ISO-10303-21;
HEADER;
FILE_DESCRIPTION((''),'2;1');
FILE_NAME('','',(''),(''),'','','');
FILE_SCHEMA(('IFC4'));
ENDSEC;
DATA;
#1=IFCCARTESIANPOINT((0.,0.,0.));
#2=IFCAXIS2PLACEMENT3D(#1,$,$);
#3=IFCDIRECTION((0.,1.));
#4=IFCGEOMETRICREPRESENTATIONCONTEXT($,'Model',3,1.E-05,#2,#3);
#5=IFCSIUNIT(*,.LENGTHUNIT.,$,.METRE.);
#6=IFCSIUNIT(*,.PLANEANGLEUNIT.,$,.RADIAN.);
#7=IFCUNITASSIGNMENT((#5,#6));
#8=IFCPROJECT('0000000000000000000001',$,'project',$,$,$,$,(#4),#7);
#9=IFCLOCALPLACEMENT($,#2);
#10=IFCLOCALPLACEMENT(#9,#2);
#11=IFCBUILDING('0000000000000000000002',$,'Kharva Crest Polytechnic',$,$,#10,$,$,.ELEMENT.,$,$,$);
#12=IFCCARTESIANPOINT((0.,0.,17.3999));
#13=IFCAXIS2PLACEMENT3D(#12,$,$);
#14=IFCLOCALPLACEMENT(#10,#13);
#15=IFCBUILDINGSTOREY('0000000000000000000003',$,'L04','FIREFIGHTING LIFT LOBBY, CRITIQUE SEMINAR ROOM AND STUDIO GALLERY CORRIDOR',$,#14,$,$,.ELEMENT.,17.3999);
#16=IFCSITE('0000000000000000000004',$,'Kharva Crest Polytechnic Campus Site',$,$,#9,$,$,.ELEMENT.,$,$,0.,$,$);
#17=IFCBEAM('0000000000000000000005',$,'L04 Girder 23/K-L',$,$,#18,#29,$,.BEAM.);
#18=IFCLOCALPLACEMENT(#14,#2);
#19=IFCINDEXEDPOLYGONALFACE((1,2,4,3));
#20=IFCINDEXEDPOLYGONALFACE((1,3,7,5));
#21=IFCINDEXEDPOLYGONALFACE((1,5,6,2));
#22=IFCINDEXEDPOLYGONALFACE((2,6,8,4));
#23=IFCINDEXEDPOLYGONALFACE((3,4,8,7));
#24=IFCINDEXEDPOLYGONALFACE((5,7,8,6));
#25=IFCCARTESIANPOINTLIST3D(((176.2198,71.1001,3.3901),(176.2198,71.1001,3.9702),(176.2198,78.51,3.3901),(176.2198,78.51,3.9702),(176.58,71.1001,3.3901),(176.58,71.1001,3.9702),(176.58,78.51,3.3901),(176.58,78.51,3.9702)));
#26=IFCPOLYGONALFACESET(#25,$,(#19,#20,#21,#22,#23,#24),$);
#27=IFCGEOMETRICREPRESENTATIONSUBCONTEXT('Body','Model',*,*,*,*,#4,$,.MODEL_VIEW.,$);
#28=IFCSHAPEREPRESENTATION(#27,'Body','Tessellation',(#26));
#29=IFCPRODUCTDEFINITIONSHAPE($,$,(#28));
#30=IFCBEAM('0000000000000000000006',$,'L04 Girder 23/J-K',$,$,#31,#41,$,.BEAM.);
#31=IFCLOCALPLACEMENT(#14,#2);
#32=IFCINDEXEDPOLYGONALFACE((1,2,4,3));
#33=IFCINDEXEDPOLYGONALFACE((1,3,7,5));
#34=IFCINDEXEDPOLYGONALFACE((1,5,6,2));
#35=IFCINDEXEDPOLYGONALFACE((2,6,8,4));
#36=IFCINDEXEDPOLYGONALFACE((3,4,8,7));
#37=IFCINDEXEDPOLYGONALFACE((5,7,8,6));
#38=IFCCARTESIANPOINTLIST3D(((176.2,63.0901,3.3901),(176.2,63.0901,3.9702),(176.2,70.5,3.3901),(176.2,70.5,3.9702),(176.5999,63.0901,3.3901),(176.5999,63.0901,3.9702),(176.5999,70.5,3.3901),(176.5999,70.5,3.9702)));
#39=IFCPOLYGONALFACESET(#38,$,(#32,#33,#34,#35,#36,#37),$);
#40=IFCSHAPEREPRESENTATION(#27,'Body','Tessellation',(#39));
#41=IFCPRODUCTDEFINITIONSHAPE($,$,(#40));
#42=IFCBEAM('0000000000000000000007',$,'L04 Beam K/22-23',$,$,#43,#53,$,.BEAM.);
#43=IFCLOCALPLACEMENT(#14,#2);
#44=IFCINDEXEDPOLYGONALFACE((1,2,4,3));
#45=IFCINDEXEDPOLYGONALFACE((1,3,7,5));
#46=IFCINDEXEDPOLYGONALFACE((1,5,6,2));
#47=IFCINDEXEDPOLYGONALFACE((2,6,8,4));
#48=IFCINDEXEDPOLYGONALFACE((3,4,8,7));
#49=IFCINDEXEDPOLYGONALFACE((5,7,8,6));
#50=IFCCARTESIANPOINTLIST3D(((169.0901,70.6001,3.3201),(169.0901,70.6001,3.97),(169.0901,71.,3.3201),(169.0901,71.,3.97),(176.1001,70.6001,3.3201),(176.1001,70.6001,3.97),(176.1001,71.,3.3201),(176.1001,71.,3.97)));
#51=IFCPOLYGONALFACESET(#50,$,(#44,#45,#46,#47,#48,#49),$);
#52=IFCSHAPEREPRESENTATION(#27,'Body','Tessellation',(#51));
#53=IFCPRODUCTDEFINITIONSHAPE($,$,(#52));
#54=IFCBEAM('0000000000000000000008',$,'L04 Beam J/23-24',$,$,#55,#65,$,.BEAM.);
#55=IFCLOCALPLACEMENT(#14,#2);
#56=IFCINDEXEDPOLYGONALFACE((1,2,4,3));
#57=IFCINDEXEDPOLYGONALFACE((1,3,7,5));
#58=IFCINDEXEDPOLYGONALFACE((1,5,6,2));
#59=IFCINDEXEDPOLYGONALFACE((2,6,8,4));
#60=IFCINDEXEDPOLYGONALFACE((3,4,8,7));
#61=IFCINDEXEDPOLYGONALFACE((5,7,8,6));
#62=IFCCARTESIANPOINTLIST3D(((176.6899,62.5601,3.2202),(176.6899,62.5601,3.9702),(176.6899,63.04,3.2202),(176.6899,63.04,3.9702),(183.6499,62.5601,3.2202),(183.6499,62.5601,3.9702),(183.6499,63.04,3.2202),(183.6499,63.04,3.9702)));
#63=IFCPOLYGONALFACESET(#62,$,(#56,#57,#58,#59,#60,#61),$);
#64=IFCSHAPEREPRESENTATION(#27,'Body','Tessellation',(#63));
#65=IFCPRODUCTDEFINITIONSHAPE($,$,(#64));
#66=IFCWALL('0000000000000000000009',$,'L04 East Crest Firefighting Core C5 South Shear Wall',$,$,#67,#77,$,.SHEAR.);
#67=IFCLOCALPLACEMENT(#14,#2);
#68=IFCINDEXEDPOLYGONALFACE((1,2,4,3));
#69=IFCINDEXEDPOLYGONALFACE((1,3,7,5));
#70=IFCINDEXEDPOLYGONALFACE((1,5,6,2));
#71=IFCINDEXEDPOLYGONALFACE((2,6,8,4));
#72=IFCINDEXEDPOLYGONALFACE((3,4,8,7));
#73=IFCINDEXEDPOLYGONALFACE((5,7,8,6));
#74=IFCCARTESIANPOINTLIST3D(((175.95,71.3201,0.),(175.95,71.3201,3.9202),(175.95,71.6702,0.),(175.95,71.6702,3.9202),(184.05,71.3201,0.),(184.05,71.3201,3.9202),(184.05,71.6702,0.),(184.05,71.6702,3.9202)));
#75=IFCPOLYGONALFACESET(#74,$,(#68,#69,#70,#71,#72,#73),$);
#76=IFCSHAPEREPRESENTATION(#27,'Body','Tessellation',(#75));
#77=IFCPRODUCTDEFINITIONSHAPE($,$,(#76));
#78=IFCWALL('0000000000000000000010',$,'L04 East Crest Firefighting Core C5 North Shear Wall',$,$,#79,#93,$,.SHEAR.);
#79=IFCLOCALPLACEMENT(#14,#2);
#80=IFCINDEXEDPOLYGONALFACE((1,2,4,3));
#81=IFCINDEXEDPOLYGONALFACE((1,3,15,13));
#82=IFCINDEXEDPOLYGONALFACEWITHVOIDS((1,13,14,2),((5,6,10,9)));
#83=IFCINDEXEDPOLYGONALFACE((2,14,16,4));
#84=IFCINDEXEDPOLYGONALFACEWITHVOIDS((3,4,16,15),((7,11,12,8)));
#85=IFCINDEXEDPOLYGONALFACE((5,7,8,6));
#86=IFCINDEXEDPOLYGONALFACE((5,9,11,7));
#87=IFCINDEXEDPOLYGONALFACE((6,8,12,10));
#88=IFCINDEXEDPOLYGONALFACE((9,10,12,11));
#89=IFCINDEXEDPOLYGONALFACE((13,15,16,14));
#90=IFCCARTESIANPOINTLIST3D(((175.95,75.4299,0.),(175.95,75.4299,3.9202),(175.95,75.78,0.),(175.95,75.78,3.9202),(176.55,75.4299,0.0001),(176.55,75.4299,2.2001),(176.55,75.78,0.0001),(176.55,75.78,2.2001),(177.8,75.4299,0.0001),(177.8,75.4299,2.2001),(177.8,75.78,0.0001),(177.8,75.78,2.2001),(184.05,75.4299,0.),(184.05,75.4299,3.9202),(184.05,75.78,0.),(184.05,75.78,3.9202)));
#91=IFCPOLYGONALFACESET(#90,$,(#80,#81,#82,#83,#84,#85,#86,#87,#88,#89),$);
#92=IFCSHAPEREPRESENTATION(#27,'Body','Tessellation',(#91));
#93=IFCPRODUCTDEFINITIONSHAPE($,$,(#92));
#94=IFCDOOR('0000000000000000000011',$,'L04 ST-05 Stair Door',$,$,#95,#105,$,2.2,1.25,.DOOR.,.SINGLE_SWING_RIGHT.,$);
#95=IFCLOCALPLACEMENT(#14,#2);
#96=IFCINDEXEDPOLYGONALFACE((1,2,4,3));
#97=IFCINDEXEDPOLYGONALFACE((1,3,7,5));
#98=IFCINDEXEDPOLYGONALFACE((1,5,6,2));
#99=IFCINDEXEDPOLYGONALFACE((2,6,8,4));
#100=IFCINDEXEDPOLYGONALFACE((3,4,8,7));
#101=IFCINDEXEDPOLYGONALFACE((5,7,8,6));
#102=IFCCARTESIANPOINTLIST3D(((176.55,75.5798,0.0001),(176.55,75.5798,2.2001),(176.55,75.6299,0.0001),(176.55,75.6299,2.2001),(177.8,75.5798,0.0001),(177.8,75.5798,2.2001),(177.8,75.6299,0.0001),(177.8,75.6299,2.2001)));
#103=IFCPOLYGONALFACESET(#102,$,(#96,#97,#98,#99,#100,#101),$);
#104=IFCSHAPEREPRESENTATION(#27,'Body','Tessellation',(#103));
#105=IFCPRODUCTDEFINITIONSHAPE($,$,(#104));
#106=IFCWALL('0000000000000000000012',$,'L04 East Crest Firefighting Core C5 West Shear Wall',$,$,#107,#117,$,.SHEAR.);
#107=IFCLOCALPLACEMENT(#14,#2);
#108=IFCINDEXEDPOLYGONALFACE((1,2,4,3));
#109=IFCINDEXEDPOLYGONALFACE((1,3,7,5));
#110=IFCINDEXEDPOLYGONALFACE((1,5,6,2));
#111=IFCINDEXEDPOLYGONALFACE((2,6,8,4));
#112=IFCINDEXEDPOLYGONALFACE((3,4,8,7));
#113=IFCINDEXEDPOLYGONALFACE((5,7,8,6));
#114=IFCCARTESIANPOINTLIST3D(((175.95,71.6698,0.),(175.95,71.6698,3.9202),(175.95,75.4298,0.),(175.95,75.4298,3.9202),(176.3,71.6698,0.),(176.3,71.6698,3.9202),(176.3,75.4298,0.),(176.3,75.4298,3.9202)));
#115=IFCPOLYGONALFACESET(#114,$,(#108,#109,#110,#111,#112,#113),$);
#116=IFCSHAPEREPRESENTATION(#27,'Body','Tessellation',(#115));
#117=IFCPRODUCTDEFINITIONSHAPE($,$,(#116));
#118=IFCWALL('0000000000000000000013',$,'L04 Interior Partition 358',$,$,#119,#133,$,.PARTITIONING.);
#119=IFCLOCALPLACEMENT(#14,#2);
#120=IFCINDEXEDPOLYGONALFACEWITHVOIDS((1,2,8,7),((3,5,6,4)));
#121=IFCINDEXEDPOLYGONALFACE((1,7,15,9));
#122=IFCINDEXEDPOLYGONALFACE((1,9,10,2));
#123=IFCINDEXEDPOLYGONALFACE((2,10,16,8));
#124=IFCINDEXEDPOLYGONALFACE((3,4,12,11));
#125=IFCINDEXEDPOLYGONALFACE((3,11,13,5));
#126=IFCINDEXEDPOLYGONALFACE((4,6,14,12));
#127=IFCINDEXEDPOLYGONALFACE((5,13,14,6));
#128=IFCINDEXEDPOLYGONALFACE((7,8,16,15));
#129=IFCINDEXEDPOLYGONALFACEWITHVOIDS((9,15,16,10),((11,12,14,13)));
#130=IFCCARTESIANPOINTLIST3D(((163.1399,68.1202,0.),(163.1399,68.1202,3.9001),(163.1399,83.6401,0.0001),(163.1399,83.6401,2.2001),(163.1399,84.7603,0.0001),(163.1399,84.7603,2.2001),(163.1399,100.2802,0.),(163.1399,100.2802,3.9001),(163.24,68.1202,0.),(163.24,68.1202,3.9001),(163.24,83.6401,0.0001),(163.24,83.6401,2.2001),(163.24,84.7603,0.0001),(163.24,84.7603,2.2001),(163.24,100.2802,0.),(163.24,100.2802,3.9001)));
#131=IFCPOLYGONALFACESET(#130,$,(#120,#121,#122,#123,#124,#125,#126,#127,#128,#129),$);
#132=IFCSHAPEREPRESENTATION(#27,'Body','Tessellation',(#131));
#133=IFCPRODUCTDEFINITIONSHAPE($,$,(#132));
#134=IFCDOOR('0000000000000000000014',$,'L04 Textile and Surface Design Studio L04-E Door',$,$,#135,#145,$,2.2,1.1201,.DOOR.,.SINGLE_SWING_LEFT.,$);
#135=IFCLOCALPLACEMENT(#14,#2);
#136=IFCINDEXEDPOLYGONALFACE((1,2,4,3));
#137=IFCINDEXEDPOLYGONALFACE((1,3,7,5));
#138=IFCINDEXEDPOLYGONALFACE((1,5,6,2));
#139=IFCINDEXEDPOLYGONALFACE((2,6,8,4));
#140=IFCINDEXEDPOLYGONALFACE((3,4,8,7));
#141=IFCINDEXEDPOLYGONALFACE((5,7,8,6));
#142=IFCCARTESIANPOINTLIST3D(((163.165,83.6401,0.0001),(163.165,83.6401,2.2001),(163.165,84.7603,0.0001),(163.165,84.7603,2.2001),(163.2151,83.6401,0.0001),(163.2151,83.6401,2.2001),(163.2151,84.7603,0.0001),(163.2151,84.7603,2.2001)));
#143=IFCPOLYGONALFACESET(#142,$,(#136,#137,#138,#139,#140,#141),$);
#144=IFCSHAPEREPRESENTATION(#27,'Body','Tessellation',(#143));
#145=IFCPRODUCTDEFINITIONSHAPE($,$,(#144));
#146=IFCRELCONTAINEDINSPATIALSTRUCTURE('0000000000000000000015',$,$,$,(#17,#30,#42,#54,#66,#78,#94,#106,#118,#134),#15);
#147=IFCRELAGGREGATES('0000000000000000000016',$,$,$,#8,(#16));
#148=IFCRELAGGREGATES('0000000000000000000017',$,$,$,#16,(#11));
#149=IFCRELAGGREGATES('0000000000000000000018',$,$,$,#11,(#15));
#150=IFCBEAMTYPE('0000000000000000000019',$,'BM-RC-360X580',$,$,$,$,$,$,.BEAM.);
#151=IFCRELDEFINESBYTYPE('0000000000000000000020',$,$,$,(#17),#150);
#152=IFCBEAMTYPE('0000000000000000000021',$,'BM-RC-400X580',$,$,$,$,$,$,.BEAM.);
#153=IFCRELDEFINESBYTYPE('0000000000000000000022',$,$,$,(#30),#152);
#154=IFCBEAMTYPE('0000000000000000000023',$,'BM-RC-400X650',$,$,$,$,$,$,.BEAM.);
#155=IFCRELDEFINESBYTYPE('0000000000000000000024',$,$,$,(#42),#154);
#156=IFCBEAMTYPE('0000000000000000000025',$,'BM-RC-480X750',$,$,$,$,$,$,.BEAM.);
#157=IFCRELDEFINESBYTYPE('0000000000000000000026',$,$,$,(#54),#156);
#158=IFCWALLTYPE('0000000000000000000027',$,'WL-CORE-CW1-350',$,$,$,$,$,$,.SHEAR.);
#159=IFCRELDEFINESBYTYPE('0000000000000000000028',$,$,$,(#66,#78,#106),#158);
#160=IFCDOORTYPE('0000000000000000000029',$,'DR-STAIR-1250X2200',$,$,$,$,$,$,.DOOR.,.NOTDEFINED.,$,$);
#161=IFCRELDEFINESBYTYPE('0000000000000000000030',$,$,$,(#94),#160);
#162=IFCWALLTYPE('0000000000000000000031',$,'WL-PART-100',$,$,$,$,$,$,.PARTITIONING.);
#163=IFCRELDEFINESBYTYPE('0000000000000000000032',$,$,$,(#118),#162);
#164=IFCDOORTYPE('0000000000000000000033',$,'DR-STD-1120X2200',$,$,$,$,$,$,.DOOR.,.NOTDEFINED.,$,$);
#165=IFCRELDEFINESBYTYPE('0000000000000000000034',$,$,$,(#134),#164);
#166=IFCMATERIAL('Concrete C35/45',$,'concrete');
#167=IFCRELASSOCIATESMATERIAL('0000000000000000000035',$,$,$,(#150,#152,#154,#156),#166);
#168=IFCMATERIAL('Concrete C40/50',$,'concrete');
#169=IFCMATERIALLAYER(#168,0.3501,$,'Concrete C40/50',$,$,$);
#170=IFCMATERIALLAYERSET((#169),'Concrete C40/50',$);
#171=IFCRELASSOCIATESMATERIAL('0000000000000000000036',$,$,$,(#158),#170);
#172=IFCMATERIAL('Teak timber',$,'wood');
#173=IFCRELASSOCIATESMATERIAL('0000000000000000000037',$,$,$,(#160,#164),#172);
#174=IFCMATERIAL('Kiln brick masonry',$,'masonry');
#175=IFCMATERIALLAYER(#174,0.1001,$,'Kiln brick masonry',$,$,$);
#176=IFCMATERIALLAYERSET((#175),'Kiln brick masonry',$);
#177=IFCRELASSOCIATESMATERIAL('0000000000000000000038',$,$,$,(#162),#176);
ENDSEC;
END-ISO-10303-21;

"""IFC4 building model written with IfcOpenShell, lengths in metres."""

from ifc_helpers import new_model, si_unit, direction, frame, frame_2d, origin, origin_2d, place, context, subcontext, project, spatial, rectangle, extrude, material, layer, layer_set, material_profile, profile_set, type_object, element, fill, save


model = new_model("IFC4")

# Units and contexts
model_context = context("Model", 3, precision=1e-05, world=origin(), true_north=direction((0.0, 1.0)))
body_context = subcontext(model_context, "Body", "Model", "MODEL_VIEW")
ifc_project = project(units=[si_unit("LENGTHUNIT", "METRE"), si_unit("PLANEANGLEUNIT", "RADIAN")], contexts=[model_context])

# Site, building, storey
site_placement = place(None, origin())
site = spatial("IfcSite", under=ifc_project, at=site_placement, Name="Kharva Crest Polytechnic Campus Site", CompositionType="ELEMENT", RefElevation=0.0)
building_placement = place(site_placement, origin())
building = spatial("IfcBuilding", under=site, at=building_placement, Name="Kharva Crest Polytechnic", CompositionType="ELEMENT")
storey_placement = place(building_placement, frame((0.0, 0.0, 17.3999)))
storey = spatial("IfcBuildingStorey", under=building, at=storey_placement, Name="L04", Description="FIREFIGHTING LIFT LOBBY, CRITIQUE SEMINAR ROOM AND STUDIO GALLERY CORRIDOR", CompositionType="ELEMENT", Elevation=17.3999)

# Shared definitions
ifc_material_1 = material(Name="Concrete C40/50", Category="concrete")

# Beams
ifc_material_2 = material(Name="Concrete C35/45", Category="concrete")
ifc_material_profile_1 = material_profile(ifc_material_2, rectangle(XDim=0.3601, YDim=0.5801, at=origin_2d()), Name="RECT 360 X 580")
ifc_profile_set_1 = profile_set([ifc_material_profile_1], Name="Concrete C35/45")
beam_type_1 = type_object("IfcBeamType", Name="BM-RC-360X580", PredefinedType="BEAM", material=ifc_profile_set_1)
beam_1_placement = place(storey_placement, frame((176.3999, 71.1001, 3.6802), z_axis=(0.0, 1.0, 0.0), x_axis=(-1.0, 0.0, 0.0)))
element("IfcBeam", 1, at=beam_1_placement, inside=storey, type_object=beam_type_1, Name="L04 Girder 23/K-L", PredefinedType="BEAM", context=body_context, shape_type="SweptSolid", body=[
    extrude(rectangle(XDim=0.3601, YDim=0.5801, at=origin_2d()), origin(), (0.0, 0.0, 1.0), 7.4099),
])
ifc_material_profile_2 = material_profile(ifc_material_2, rectangle(XDim=0.3999, YDim=0.5801, at=origin_2d()), Name="RECT 400 X 580")
ifc_profile_set_2 = profile_set([ifc_material_profile_2], Name="Concrete C35/45")
beam_type_2 = type_object("IfcBeamType", Name="BM-RC-400X580", PredefinedType="BEAM", material=ifc_profile_set_2)
beam_2_placement = place(storey_placement, frame((176.3999, 63.0901, 3.6802), z_axis=(0.0, 1.0, 0.0), x_axis=(-1.0, 0.0, 0.0)))
element("IfcBeam", 2, at=beam_2_placement, inside=storey, type_object=beam_type_2, Name="L04 Girder 23/J-K", PredefinedType="BEAM", context=body_context, shape_type="SweptSolid", body=[
    extrude(rectangle(XDim=0.3999, YDim=0.5801, at=origin_2d()), origin(), (0.0, 0.0, 1.0), 7.4099),
])
ifc_material_profile_3 = material_profile(ifc_material_2, rectangle(XDim=0.3999, YDim=0.6499, at=origin_2d()), Name="RECT 400 X 650")
ifc_profile_set_3 = profile_set([ifc_material_profile_3], Name="Concrete C35/45")
beam_type_3 = type_object("IfcBeamType", Name="BM-RC-400X650", PredefinedType="BEAM", material=ifc_profile_set_3)
beam_3_placement = place(storey_placement, frame((169.0901, 70.8, 3.645), z_axis=(1.0, 0.0, 0.0), x_axis=(0.0, 1.0, 0.0)))
element("IfcBeam", 3, at=beam_3_placement, inside=storey, type_object=beam_type_3, Name="L04 Beam K/22-23", PredefinedType="BEAM", context=body_context, shape_type="SweptSolid", body=[
    extrude(rectangle(XDim=0.3999, YDim=0.6499, at=origin_2d()), origin(), (0.0, 0.0, 1.0), 7.01),
])
ifc_material_profile_4 = material_profile(ifc_material_2, rectangle(XDim=0.48, YDim=0.75, at=origin_2d()), Name="RECT 480 X 750")
ifc_profile_set_4 = profile_set([ifc_material_profile_4], Name="Concrete C35/45")
beam_type_4 = type_object("IfcBeamType", Name="BM-RC-480X750", PredefinedType="BEAM", material=ifc_profile_set_4)
beam_4_placement = place(storey_placement, frame((176.6899, 62.8, 3.5952), z_axis=(1.0, 0.0, 0.0), x_axis=(0.0, 1.0, 0.0)))
element("IfcBeam", 4, at=beam_4_placement, inside=storey, type_object=beam_type_4, Name="L04 Beam J/23-24", PredefinedType="BEAM", context=body_context, shape_type="SweptSolid", body=[
    extrude(rectangle(XDim=0.48, YDim=0.75, at=origin_2d()), origin(), (0.0, 0.0, 1.0), 6.96),
])

# Wall
ifc_layer_1 = layer(ifc_material_1, 0.3501, Name="Concrete C40/50")
ifc_layer_set_1 = layer_set([ifc_layer_1], Name="Concrete C40/50")
wall_type_1 = type_object("IfcWallType", Name="WL-CORE-CW1-350", PredefinedType="SHEAR", material=ifc_layer_set_1)
wall_1_placement = place(storey_placement, frame((175.95, 71.4951, 0.0), z_axis=(0.0, 0.0, 1.0), x_axis=(1.0, 0.0, 0.0)))
element("IfcWall", 5, at=wall_1_placement, inside=storey, type_object=wall_type_1, Name="L04 East Crest Firefighting Core C5 South Shear Wall", PredefinedType="SHEAR", context=body_context, shape_type="SweptSolid", body=[
    extrude(rectangle(XDim=8.1001, YDim=0.3501, at=frame_2d((4.05, 0.0))), origin(), (0.0, 0.0, 1.0), 3.9202),
])

# Wall, opening, door
wall_2_placement = place(storey_placement, frame((175.95, 75.605, 0.0), z_axis=(0.0, 0.0, 1.0), x_axis=(1.0, 0.0, 0.0)))
wall_2 = element("IfcWall", 6, at=wall_2_placement, inside=storey, type_object=wall_type_1, Name="L04 East Crest Firefighting Core C5 North Shear Wall", PredefinedType="SHEAR", context=body_context, shape_type="SweptSolid", body=[
    extrude(rectangle(XDim=8.1001, YDim=0.3501, at=frame_2d((4.05, 0.0))), origin(), (0.0, 0.0, 1.0), 3.9202),
])
opening_1_placement = place(wall_2_placement, frame((0.6001, 0.0, 0.0)))
opening_1 = element("IfcOpeningElement", 7, at=opening_1_placement, cuts=wall_2, PredefinedType="OPENING", context=body_context, shape_type="SweptSolid", body=[
    extrude(rectangle(XDim=1.25, YDim=2.2, at=frame_2d((0.625, 1.1001))), frame((0.0, 0.1851, 0.0), z_axis=(0.0, -1.0, 0.0), x_axis=(1.0, 0.0, 0.0)), (0.0, 0.0, 1.0), 0.3701),
])
ifc_material_3 = material(Name="Teak timber", Category="wood")
door_type_1 = type_object("IfcDoorType", Name="DR-STAIR-1250X2200", OperationType="NOTDEFINED", PredefinedType="DOOR", material=ifc_material_3)
door_1_placement = place(opening_1_placement, origin())
door_1 = element("IfcDoor", 8, at=door_1_placement, inside=storey, type_object=door_type_1, Name="L04 ST-05 Stair Door", OperationType="SINGLE_SWING_RIGHT", OverallHeight=2.2, OverallWidth=1.25, PredefinedType="DOOR", context=body_context, shape_type="SweptSolid", body=[
    extrude(rectangle(XDim=1.25, YDim=2.2, at=frame_2d((0.625, 1.1001))), frame((0.0, 0.0249, 0.0), z_axis=(0.0, -1.0, 0.0), x_axis=(1.0, 0.0, 0.0)), (0.0, 0.0, 1.0), 0.05),
])
fill(opening_1, door_1)

# Wall
wall_3_placement = place(storey_placement, frame((176.125, 71.6699, 0.0), z_axis=(0.0, 0.0, 1.0), x_axis=(0.0, 1.0, 0.0)))
element("IfcWall", 9, at=wall_3_placement, inside=storey, type_object=wall_type_1, Name="L04 East Crest Firefighting Core C5 West Shear Wall", PredefinedType="SHEAR", context=body_context, shape_type="SweptSolid", body=[
    extrude(rectangle(XDim=3.76, YDim=0.3501, at=frame_2d((1.8799, 0.0))), origin(), (0.0, 0.0, 1.0), 3.9202),
])

# Wall, opening, door
ifc_material_4 = material(Name="Kiln brick masonry", Category="masonry")
ifc_layer_2 = layer(ifc_material_4, 0.1001, Name="Kiln brick masonry")
ifc_layer_set_2 = layer_set([ifc_layer_2], Name="Kiln brick masonry")
wall_type_2 = type_object("IfcWallType", Name="WL-PART-100", PredefinedType="PARTITIONING", material=ifc_layer_set_2)
wall_4_placement = place(storey_placement, frame((163.1899, 68.1201, 0.0), z_axis=(0.0, 0.0, 1.0), x_axis=(0.0, 1.0, 0.0)))
wall_4 = element("IfcWall", 10, at=wall_4_placement, inside=storey, type_object=wall_type_2, Name="L04 Interior Partition 358", PredefinedType="PARTITIONING", context=body_context, shape_type="SweptSolid", body=[
    extrude(rectangle(XDim=32.1599, YDim=0.1001, at=frame_2d((16.0801, 0.0))), origin(), (0.0, 0.0, 1.0), 3.9001),
])
opening_2_placement = place(wall_4_placement, frame((15.52, 0.0, 0.0)))
opening_2 = element("IfcOpeningElement", 11, at=opening_2_placement, cuts=wall_4, PredefinedType="OPENING", context=body_context, shape_type="SweptSolid", body=[
    extrude(rectangle(XDim=1.1201, YDim=2.2, at=frame_2d((0.5601, 1.1001))), frame((0.0, 0.0601, 0.0), z_axis=(0.0, -1.0, 0.0), x_axis=(1.0, 0.0, 0.0)), (0.0, 0.0, 1.0), 0.1201),
])
door_type_2 = type_object("IfcDoorType", Name="DR-STD-1120X2200", OperationType="NOTDEFINED", PredefinedType="DOOR", material=ifc_material_3)
door_2_placement = place(opening_2_placement, origin())
door_2 = element("IfcDoor", 12, at=door_2_placement, inside=storey, type_object=door_type_2, Name="L04 Textile and Surface Design Studio L04-E Door", OperationType="SINGLE_SWING_LEFT", OverallHeight=2.2, OverallWidth=1.1201, PredefinedType="DOOR", context=body_context, shape_type="SweptSolid", body=[
    extrude(rectangle(XDim=1.1201, YDim=2.2, at=frame_2d((0.5601, 1.1001))), frame((0.0, 0.0249, 0.0), z_axis=(0.0, -1.0, 0.0), x_axis=(1.0, 0.0, 0.0)), (0.0, 0.0, 1.0), 0.05),
])
fill(opening_2, door_2)

save(model, "model.ifc")
